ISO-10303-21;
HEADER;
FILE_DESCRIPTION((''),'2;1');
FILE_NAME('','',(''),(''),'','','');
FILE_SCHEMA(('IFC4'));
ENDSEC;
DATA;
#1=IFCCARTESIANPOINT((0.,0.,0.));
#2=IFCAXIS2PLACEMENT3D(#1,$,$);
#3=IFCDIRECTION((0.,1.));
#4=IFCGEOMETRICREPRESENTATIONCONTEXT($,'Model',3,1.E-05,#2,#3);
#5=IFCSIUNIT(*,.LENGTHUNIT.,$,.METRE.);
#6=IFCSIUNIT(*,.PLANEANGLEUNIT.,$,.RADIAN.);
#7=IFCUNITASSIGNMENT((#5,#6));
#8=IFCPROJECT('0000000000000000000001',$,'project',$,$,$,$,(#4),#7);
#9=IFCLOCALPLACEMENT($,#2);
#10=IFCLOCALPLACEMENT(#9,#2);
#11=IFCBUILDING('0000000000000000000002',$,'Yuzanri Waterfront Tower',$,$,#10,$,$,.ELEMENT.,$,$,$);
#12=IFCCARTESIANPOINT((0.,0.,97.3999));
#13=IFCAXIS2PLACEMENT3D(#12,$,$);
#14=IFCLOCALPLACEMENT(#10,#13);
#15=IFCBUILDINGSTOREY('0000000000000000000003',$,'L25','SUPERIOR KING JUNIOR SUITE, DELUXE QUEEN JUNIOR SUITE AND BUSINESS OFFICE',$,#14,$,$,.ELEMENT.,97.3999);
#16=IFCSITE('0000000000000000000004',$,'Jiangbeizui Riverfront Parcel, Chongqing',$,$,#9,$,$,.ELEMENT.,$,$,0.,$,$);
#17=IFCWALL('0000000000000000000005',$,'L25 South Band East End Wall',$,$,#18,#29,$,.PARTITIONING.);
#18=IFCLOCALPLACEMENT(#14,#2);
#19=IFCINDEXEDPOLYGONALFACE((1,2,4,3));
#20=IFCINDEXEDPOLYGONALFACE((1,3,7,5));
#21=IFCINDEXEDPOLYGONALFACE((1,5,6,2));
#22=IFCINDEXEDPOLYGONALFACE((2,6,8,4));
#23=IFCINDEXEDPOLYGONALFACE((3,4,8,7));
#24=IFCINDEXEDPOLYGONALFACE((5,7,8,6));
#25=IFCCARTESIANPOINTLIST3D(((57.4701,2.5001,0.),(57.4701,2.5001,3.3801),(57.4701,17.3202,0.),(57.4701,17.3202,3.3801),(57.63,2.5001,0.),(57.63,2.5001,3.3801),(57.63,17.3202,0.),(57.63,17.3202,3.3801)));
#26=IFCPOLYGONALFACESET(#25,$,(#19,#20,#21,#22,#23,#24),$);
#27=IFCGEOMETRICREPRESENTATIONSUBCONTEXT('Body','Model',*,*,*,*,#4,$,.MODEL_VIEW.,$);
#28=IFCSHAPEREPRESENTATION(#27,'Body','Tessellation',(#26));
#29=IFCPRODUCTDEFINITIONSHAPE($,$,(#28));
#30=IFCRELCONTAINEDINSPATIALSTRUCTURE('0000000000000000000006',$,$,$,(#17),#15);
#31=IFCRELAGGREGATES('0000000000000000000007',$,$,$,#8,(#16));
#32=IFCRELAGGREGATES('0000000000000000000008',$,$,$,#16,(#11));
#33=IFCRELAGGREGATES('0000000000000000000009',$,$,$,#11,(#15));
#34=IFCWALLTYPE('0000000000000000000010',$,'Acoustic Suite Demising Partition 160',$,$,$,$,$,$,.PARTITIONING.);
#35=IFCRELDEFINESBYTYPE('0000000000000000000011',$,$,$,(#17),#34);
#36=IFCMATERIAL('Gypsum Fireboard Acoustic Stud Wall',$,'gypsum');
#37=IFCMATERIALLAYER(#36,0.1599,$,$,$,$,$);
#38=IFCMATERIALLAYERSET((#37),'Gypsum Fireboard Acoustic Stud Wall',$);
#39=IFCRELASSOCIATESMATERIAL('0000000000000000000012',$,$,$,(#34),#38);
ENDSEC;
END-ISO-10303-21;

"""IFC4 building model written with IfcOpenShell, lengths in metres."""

from ifc_helpers import new_model, si_unit, direction, frame, frame_2d, origin, place, context, subcontext, project, spatial, rectangle, extrude, source, transform, mapped, material, layer, layer_set, type_object, element, save


model = new_model("IFC4")

# Units and contexts
model_context = context("Model", 3, precision=1e-05, world=origin(), true_north=direction((0.0, 1.0)))
body_context = subcontext(model_context, "Body", "Model", "MODEL_VIEW")
ifc_project = project(units=[si_unit("LENGTHUNIT", "METRE"), si_unit("PLANEANGLEUNIT", "RADIAN")], contexts=[model_context])

# Site, building, storey
site_placement = place(None, origin())
site = spatial("IfcSite", under=ifc_project, at=site_placement, Name="Jiangbeizui Riverfront Parcel, Chongqing", CompositionType="ELEMENT", RefElevation=0.0)
building_placement = place(site_placement, origin())
building = spatial("IfcBuilding", under=site, at=building_placement, Name="Yuzanri Waterfront Tower", CompositionType="ELEMENT")
storey_placement = place(building_placement, frame((0.0, 0.0, 97.3999)))
storey = spatial("IfcBuildingStorey", under=building, at=storey_placement, Name="L25", Description="SUPERIOR KING JUNIOR SUITE, DELUXE QUEEN JUNIOR SUITE AND BUSINESS OFFICE", CompositionType="ELEMENT", Elevation=97.3999)

# Wall
ifc_material_1 = material(Name="Gypsum Fireboard Acoustic Stud Wall", Category="gypsum")
ifc_layer_1 = layer(ifc_material_1, 0.1599)
ifc_layer_set_1 = layer_set([ifc_layer_1], Name="Gypsum Fireboard Acoustic Stud Wall")
wall_type_1 = type_object("IfcWallType", Name="Acoustic Suite Demising Partition 160", PredefinedType="PARTITIONING", material=ifc_layer_set_1)
shared_shape_1 = source(origin(), body_context, "Body", "SweptSolid", [
    extrude(rectangle(XDim=14.8201, YDim=0.1599, at=frame_2d((7.4102, 0.0))), origin(), (0.0, 0.0, 1.0), 3.3801),
])
wall_1_placement = place(storey_placement, frame((57.55, 2.5, 0.0), z_axis=(0.0, 0.0, 1.0), x_axis=(0.0, 1.0, 0.0)))
element("IfcWall", 1, at=wall_1_placement, inside=storey, type_object=wall_type_1, Name="L25 South Band East End Wall", PredefinedType="PARTITIONING", context=body_context, shape_type="MappedRepresentation", body=[
    mapped(shared_shape_1, transform((0.0, 0.0, 0.0), scale=1.0)),
])

save(model, "model.ifc")
